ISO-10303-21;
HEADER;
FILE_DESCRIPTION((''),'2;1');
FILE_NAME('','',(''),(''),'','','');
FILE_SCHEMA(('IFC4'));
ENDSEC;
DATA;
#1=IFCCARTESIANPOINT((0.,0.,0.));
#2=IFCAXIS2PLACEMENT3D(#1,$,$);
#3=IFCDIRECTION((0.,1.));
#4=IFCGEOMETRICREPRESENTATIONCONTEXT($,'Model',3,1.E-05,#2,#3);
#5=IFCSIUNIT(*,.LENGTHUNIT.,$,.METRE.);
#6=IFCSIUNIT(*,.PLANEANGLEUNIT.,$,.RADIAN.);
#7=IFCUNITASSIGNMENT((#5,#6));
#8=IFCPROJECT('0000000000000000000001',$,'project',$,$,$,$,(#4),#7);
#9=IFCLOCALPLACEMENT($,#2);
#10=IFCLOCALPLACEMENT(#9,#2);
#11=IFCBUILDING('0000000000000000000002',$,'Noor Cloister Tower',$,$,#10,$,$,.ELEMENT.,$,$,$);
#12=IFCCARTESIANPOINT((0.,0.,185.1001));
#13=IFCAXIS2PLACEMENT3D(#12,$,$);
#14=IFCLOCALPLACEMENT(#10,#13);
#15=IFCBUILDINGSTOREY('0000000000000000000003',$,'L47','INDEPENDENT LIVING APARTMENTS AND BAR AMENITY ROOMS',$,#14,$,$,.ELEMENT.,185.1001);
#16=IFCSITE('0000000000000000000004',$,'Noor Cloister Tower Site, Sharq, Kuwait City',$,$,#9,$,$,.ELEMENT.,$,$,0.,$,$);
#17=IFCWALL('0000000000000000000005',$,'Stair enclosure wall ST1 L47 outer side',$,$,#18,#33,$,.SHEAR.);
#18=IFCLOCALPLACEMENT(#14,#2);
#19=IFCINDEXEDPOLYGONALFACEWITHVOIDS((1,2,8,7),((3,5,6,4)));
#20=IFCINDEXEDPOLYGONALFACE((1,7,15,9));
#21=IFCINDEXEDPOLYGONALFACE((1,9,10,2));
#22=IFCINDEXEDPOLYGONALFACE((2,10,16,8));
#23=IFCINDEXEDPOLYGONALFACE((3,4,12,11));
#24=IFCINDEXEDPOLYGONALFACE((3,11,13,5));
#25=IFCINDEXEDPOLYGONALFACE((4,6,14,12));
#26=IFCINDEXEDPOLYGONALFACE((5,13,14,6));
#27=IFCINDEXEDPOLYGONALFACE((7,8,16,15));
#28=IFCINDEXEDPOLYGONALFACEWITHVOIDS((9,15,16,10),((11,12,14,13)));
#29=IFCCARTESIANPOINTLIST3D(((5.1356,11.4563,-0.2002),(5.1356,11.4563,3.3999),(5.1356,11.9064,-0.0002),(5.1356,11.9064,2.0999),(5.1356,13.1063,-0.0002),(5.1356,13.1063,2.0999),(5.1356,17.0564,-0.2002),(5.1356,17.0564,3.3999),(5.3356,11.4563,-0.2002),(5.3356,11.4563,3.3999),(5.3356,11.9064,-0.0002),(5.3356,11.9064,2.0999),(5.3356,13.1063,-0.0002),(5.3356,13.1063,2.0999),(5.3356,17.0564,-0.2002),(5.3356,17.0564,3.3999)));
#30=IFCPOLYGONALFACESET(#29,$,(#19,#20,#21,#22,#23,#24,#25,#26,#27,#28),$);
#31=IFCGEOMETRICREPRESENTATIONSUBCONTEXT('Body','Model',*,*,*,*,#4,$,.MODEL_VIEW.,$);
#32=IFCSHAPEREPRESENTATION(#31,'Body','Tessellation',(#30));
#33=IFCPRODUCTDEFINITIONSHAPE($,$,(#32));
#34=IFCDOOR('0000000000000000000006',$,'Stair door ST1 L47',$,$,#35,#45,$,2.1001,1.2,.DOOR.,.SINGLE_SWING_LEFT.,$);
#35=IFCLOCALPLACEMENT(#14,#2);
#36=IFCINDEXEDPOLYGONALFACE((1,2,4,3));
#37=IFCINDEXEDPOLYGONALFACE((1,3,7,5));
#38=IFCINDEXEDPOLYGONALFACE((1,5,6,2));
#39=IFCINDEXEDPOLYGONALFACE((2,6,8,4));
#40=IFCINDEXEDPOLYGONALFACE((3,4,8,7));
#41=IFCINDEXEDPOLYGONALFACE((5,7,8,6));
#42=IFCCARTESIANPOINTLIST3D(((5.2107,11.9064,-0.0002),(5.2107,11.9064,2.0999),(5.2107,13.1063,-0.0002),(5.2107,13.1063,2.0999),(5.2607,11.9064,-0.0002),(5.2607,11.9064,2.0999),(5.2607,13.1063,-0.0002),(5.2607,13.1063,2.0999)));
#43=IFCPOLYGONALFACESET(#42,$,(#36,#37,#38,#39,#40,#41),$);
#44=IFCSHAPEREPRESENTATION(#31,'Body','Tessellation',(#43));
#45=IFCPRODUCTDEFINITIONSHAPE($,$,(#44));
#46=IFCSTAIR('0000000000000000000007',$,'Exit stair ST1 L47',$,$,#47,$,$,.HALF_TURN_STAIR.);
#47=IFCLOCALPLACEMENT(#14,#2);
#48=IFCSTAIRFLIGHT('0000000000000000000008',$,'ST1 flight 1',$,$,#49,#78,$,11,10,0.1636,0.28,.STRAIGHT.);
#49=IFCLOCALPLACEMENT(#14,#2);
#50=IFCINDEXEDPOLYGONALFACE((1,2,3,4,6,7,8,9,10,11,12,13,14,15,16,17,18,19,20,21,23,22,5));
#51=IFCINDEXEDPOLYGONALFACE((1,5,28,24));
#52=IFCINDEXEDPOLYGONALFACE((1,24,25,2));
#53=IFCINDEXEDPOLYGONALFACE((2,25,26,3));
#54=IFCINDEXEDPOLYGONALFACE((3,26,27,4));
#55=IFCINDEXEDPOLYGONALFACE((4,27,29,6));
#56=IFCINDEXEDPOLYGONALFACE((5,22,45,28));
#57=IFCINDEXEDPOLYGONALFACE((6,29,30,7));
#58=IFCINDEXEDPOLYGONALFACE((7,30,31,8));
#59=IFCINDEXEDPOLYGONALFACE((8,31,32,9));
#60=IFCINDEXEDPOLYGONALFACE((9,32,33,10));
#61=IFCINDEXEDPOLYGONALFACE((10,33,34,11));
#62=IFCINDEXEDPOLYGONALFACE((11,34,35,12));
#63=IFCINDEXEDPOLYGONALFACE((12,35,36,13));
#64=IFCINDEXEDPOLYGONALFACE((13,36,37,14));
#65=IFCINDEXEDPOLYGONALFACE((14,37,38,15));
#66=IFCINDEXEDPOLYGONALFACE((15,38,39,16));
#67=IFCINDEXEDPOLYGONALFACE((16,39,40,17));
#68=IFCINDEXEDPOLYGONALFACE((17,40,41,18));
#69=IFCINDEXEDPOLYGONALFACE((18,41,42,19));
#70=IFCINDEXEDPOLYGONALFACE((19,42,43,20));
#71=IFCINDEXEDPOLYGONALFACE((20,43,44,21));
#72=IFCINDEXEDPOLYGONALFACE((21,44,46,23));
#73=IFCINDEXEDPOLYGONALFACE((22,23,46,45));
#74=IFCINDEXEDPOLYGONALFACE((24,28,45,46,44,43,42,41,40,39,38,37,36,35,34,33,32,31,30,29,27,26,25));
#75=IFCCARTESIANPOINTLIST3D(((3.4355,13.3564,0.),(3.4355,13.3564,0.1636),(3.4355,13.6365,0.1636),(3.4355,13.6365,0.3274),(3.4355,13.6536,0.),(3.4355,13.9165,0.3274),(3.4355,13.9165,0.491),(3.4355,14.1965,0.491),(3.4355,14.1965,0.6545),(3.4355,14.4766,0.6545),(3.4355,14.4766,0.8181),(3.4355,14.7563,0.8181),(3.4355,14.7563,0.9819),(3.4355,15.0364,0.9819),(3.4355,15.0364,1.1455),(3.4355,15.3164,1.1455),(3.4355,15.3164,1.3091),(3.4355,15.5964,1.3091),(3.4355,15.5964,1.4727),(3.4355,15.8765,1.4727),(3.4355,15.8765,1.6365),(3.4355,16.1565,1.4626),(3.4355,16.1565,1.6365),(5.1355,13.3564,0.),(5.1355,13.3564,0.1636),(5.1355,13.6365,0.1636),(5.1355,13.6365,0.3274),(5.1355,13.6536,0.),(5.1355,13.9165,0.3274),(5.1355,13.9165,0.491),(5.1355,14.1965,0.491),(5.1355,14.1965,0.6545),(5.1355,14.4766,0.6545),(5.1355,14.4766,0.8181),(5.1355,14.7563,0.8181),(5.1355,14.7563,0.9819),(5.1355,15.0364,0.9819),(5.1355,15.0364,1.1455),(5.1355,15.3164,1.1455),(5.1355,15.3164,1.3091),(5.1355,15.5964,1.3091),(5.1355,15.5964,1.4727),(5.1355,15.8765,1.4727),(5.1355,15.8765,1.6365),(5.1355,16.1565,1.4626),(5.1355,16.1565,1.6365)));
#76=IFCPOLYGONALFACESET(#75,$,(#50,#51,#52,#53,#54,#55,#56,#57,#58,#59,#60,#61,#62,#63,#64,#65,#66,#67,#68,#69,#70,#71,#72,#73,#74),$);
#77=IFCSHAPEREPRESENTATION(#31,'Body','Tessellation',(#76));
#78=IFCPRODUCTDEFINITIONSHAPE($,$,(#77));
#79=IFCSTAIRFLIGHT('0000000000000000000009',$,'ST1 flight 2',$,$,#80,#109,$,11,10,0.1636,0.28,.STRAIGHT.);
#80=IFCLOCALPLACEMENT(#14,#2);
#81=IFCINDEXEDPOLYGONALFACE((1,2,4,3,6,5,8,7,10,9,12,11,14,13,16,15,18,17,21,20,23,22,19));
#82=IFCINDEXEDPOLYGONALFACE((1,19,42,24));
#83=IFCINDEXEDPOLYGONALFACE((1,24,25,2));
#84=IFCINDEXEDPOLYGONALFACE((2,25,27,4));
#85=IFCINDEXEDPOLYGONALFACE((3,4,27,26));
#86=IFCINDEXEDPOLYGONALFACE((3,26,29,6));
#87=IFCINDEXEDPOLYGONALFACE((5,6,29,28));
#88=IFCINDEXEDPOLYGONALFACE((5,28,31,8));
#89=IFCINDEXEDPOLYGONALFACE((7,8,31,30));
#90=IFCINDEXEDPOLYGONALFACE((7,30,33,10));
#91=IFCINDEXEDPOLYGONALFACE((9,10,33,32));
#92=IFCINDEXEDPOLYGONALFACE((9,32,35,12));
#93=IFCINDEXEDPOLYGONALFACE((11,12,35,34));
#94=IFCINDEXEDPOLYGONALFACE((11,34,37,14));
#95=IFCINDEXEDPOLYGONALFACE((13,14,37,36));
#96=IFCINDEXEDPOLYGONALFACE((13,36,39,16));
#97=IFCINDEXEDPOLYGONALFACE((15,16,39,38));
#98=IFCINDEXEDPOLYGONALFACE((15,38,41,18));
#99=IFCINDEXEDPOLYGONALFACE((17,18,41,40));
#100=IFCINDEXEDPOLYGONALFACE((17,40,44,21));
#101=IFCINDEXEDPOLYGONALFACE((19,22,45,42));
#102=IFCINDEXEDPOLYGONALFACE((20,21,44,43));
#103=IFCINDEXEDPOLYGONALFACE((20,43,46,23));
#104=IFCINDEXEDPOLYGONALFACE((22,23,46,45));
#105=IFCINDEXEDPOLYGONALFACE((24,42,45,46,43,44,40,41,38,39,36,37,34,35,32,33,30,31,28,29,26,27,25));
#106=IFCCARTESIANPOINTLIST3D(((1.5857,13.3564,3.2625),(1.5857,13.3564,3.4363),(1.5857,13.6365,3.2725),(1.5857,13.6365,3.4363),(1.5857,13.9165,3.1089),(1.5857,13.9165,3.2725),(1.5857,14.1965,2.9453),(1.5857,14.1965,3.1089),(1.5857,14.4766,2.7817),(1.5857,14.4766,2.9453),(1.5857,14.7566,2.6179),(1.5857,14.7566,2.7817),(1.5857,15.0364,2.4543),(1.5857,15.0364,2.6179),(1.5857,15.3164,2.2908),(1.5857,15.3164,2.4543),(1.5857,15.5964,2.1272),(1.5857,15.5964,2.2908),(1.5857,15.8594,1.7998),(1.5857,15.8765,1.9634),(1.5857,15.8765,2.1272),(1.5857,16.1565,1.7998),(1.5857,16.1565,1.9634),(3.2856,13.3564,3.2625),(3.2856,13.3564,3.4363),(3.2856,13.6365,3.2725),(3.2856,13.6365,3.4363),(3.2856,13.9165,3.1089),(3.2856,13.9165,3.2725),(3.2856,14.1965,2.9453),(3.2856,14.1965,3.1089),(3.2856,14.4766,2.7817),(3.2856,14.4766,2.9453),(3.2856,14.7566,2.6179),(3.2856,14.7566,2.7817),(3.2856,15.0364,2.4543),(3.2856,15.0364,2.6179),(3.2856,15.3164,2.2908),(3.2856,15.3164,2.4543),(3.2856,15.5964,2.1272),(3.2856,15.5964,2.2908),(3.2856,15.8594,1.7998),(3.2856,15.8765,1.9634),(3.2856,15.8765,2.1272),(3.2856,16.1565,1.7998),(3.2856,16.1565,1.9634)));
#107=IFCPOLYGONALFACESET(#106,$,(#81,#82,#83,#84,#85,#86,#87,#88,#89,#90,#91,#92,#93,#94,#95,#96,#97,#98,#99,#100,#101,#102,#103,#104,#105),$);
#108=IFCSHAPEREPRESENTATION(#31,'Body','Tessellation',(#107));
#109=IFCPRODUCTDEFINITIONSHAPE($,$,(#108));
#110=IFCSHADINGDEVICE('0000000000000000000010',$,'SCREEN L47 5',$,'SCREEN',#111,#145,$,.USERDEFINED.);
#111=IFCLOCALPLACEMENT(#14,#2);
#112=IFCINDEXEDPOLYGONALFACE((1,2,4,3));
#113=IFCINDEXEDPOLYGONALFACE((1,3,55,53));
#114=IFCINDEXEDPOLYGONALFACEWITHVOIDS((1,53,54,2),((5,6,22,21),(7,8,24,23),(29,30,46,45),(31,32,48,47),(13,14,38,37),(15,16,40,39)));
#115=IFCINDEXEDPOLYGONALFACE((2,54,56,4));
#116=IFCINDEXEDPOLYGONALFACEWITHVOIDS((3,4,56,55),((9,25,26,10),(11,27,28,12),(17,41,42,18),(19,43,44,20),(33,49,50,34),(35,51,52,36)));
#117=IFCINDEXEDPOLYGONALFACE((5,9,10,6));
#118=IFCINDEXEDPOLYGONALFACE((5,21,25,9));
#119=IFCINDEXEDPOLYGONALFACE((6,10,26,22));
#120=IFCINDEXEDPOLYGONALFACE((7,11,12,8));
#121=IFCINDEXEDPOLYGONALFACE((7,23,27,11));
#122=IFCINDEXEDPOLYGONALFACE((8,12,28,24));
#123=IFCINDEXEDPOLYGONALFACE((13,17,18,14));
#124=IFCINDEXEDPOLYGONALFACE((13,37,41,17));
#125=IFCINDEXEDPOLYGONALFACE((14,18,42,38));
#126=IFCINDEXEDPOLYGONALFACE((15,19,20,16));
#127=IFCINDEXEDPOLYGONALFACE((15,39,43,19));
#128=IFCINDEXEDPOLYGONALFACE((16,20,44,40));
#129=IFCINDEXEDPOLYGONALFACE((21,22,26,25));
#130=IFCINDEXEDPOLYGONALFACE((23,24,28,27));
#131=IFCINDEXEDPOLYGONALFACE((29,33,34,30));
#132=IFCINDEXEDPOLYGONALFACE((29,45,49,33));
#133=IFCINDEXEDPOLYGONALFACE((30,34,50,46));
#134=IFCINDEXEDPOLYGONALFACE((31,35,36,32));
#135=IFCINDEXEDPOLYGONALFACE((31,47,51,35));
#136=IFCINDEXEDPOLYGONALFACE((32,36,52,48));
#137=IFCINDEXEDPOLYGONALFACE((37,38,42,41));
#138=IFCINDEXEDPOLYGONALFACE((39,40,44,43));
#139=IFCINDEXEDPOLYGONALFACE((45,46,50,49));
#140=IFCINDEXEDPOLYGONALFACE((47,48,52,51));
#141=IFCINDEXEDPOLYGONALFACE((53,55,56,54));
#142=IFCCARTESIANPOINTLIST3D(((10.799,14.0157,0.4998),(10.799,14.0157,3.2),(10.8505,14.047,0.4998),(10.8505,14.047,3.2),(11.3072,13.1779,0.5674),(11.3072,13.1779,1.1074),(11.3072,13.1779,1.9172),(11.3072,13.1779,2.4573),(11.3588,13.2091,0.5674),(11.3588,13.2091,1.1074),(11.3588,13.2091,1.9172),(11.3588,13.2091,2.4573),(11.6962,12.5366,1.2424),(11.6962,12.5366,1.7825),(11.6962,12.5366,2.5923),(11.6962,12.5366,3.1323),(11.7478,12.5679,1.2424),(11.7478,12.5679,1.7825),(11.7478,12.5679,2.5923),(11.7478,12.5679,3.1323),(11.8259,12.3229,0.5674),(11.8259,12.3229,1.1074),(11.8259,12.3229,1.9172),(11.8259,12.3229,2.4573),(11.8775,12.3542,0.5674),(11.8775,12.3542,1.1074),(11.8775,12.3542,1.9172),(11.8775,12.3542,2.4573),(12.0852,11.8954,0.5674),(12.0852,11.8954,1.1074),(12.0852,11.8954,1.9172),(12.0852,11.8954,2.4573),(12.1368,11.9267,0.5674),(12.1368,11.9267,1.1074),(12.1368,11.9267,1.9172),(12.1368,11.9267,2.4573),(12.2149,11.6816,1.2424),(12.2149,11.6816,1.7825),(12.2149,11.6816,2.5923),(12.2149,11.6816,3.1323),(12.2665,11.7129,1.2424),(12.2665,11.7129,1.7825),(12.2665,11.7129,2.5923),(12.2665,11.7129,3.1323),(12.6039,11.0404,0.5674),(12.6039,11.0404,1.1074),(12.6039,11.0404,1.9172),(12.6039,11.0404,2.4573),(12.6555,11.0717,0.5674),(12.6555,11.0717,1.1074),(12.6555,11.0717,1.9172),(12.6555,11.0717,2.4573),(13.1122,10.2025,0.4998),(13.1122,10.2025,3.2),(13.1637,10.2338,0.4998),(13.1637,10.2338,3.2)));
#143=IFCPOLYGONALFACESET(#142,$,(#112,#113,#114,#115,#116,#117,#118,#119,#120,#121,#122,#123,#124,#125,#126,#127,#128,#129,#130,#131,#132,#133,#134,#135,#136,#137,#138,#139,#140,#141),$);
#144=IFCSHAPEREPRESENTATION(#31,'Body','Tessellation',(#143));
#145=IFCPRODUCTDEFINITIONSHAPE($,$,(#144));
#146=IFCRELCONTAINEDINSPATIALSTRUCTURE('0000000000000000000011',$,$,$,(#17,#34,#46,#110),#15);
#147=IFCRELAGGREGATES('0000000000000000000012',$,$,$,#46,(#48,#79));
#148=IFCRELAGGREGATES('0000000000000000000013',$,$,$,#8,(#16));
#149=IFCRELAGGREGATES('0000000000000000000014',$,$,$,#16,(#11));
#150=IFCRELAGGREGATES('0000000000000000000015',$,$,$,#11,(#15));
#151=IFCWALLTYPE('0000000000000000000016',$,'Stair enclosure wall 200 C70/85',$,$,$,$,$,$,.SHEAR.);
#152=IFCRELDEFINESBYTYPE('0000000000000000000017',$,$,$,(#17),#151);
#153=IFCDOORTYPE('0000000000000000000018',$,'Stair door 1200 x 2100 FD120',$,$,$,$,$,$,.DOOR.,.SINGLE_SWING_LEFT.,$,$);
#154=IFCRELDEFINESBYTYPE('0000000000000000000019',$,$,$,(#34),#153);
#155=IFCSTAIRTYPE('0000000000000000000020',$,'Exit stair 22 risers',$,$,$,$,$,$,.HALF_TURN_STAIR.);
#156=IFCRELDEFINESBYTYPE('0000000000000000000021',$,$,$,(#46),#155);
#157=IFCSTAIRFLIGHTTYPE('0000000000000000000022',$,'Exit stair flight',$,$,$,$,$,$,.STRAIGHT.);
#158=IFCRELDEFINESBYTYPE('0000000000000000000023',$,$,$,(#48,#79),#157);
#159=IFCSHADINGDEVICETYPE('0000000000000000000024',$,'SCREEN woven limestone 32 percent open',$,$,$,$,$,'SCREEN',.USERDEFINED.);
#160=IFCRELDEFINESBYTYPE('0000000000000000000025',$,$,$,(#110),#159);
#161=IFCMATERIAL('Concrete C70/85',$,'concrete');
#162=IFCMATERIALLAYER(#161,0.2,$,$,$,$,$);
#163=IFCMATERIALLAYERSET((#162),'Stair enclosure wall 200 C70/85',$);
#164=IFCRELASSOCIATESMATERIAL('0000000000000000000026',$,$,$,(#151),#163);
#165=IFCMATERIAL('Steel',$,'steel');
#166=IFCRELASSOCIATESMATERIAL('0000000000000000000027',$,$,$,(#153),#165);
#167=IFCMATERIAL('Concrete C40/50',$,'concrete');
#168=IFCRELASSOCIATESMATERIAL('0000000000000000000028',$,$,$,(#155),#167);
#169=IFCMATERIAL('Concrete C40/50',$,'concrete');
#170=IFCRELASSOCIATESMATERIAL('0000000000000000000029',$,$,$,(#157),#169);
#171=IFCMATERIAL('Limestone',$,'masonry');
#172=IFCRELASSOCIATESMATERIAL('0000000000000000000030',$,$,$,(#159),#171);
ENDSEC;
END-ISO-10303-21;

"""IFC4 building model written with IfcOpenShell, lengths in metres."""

from ifc_helpers import new_model, si_unit, direction, frame, frame_2d, origin, place, context, subcontext, project, spatial, polyline, rectangle, outline, extrude, material, layer, layer_set, material_profile, profile_set, type_object, element, fill, aggregate, save


model = new_model("IFC4")

# Units and contexts
model_context = context("Model", 3, precision=1e-05, world=origin(), true_north=direction((0.0, 1.0)))
body_context = subcontext(model_context, "Body", "Model", "MODEL_VIEW")
ifc_project = project(units=[si_unit("LENGTHUNIT", "METRE"), si_unit("PLANEANGLEUNIT", "RADIAN")], contexts=[model_context])

# Site, building, storey
site_placement = place(None, origin())
site = spatial("IfcSite", under=ifc_project, at=site_placement, Name="Noor Cloister Tower Site, Sharq, Kuwait City", CompositionType="ELEMENT", RefElevation=0.0)
building_placement = place(site_placement, origin())
building = spatial("IfcBuilding", under=site, at=building_placement, Name="Noor Cloister Tower", CompositionType="ELEMENT")
storey_placement = place(building_placement, frame((0.0, 0.0, 185.1001)))
storey = spatial("IfcBuildingStorey", under=building, at=storey_placement, Name="L47", Description="INDEPENDENT LIVING APARTMENTS AND BAR AMENITY ROOMS", CompositionType="ELEMENT", Elevation=185.1001)

# Wall, opening, door
ifc_material_1 = material(Name="Concrete C70/85", Category="concrete")
ifc_layer_1 = layer(ifc_material_1, 0.2)
ifc_layer_set_1 = layer_set([ifc_layer_1], Name="Stair enclosure wall 200 C70/85")
wall_type_1 = type_object("IfcWallType", Name="Stair enclosure wall 200 C70/85", PredefinedType="SHEAR", material=ifc_layer_set_1)
ifc_material_2 = material(Name="Steel", Category="steel")
door_type_1 = type_object("IfcDoorType", Name="Stair door 1200 x 2100 FD120", OperationType="SINGLE_SWING_LEFT", PredefinedType="DOOR", material=ifc_material_2)
wall_1_placement = place(storey_placement, frame((5.2356, 11.4563, -0.2002), z_axis=(0.0, 0.0, 1.0), x_axis=(0.0, 1.0, 0.0)))
wall_1 = element("IfcWall", 1, at=wall_1_placement, inside=storey, type_object=wall_type_1, Name="Stair enclosure wall ST1 L47 outer side", PredefinedType="SHEAR", context=body_context, shape_type="SweptSolid", body=[
    extrude(rectangle(XDim=5.6001, YDim=0.2, at=frame_2d((2.8, 0.0))), origin(), (0.0, 0.0, 1.0), 3.6001),
])
opening_1_placement = place(wall_1_placement, frame((0.45, 0.0, 0.2)))
opening_1 = element("IfcOpeningElement", 2, at=opening_1_placement, cuts=wall_1, PredefinedType="OPENING", context=body_context, shape_type="SweptSolid", body=[
    extrude(rectangle(XDim=1.2, YDim=2.1001, at=frame_2d((0.6001, 1.05))), frame((0.0, 0.1099, 0.0), z_axis=(0.0, -1.0, 0.0), x_axis=(1.0, 0.0, 0.0)), (0.0, 0.0, 1.0), 0.22),
])
door_1_placement = place(opening_1_placement, origin())
door_1 = element("IfcDoor", 3, at=door_1_placement, inside=storey, type_object=door_type_1, Name="Stair door ST1 L47", OperationType="SINGLE_SWING_LEFT", OverallHeight=2.1001, OverallWidth=1.2, PredefinedType="DOOR", context=body_context, shape_type="SweptSolid", body=[
    extrude(rectangle(XDim=1.2, YDim=2.1001, at=frame_2d((0.6001, 1.05))), frame((0.0, 0.0249, 0.0), z_axis=(0.0, -1.0, 0.0), x_axis=(1.0, 0.0, 0.0)), (0.0, 0.0, 1.0), 0.05),
])
fill(opening_1, door_1)

# Stair, stair flights
ifc_material_3 = material(Name="Concrete C40/50", Category="concrete")
stair_type = type_object("IfcStairType", Name="Exit stair 22 risers", PredefinedType="HALF_TURN_STAIR", material=ifc_material_3)
stair_placement = place(storey_placement, origin())
stair = element("IfcStair", 4, at=stair_placement, inside=storey, type_object=stair_type, Name="Exit stair ST1 L47", PredefinedType="HALF_TURN_STAIR")
ifc_material_4 = material(Name="Concrete C40/50", Category="concrete")
stair_flight_type = type_object("IfcStairFlightType", Name="Exit stair flight", PredefinedType="STRAIGHT", material=ifc_material_4)
stair_flight_1_placement = place(storey_placement, frame((4.2856, 13.3564, 0.0), z_axis=(0.0, 0.0, 1.0), x_axis=(0.0, 1.0, 0.0)))
stair_flight_1 = element("IfcStairFlight", 5, at=stair_flight_1_placement, type_object=stair_flight_type, Name="ST1 flight 1", NumberOfRisers=11, NumberOfTreads=10, PredefinedType="STRAIGHT", RiserHeight=0.1636, TreadLength=0.28, context=body_context, shape_type="SweptSolid", body=[
    extrude(outline(polyline([(0.0, 0.0), (0.0, 0.1636), (0.28, 0.1636), (0.28, 0.3274), (0.5601, 0.3274), (0.5601, 0.491), (0.8401, 0.491), (0.8401, 0.6545), (1.1201, 0.6545), (1.1201, 0.8181), (1.3999, 0.8181), (1.3999, 0.9819), (1.6799, 0.9819), (1.6799, 1.1455), (1.96, 1.1455), (1.96, 1.3091), (2.24, 1.3091), (2.24, 1.4727), (2.52, 1.4727), (2.52, 1.6365), (2.8, 1.6365), (2.8, 1.8), (2.8, 1.4626), (0.2971, 0.0), (0.0, 0.0)])), frame((0.0, 0.8501, 0.0), z_axis=(0.0, -1.0, 0.0), x_axis=(1.0, 0.0, 0.0)), (0.0, 0.0, 1.0), 1.7),
])
stair_flight_2_placement = place(storey_placement, frame((2.4355, 16.1565, 1.7998), z_axis=(0.0, 0.0, 1.0), x_axis=(0.0, -1.0, 0.0)))
stair_flight_2 = element("IfcStairFlight", 6, at=stair_flight_2_placement, type_object=stair_flight_type, Name="ST1 flight 2", NumberOfRisers=11, NumberOfTreads=10, PredefinedType="STRAIGHT", RiserHeight=0.1636, TreadLength=0.28, context=body_context, shape_type="SweptSolid", body=[
    extrude(outline(polyline([(0.0, 0.0), (0.0, 0.1636), (0.28, 0.1636), (0.28, 0.3274), (0.5601, 0.3274), (0.5601, 0.491), (0.8401, 0.491), (0.8401, 0.6545), (1.1201, 0.6545), (1.1201, 0.8181), (1.3999, 0.8181), (1.3999, 0.9819), (1.6799, 0.9819), (1.6799, 1.1455), (1.96, 1.1455), (1.96, 1.3091), (2.24, 1.3091), (2.24, 1.4727), (2.52, 1.4727), (2.52, 1.6365), (2.8, 1.6365), (2.8, 1.8), (2.8, 1.4626), (0.2971, 0.0), (0.0, 0.0)])), frame((0.0, 0.8501, 0.0), z_axis=(0.0, -1.0, 0.0), x_axis=(1.0, 0.0, 0.0)), (0.0, 0.0, 1.0), 1.7),
])
aggregate(stair, [stair_flight_1, stair_flight_2])

# Shading device
ifc_material_5 = material(Name="Limestone", Category="masonry")
ifc_material_profile_1 = material_profile(ifc_material_5, outline(polyline([(-2.23, -1.3501), (2.23, -1.3501), (2.23, 1.3501), (-2.23, 1.3501), (-2.23, -1.3501)]), holes=[polyline([(-1.25, -1.2825), (-0.25, -1.2825), (-0.25, -0.7424), (-1.25, -0.7424), (-1.25, -1.2825)]), polyline([(0.25, -1.2825), (1.25, -1.2825), (1.25, -0.7424), (0.25, -0.7424), (0.25, -1.2825)]), polyline([(-0.5, -0.6074), (0.5, -0.6074), (0.5, -0.0674), (-0.5, -0.0674), (-0.5, -0.6074)]), polyline([(-1.25, 0.0674), (-0.25, 0.0674), (-0.25, 0.6074), (-1.25, 0.6074), (-1.25, 0.0674)]), polyline([(0.25, 0.0674), (1.25, 0.0674), (1.25, 0.6074), (0.25, 0.6074), (0.25, 0.0674)]), polyline([(-0.5, 0.7424), (0.5, 0.7424), (0.5, 1.2825), (-0.5, 1.2825), (-0.5, 0.7424)])]), Name="Woven screen 32 percent open")
ifc_profile_set_1 = profile_set([ifc_material_profile_1], Name="Limestone")
shading_device_type = type_object("IfcShadingDeviceType", Name="SCREEN woven limestone 32 percent open", ElementType="SCREEN", PredefinedType="USERDEFINED", material=ifc_profile_set_1)
shading_device_placement = place(storey_placement, frame((11.9556, 12.1091, 1.8499), z_axis=(0.85498, 0.518661, 0.0), x_axis=(-0.518661, 0.85498, 0.0)))
element("IfcShadingDevice", 7, at=shading_device_placement, inside=storey, type_object=shading_device_type, Name="SCREEN L47 5", ObjectType="SCREEN", PredefinedType="USERDEFINED", context=body_context, shape_type="SweptSolid", body=[
    extrude(outline(polyline([(-2.23, -1.3501), (2.23, -1.3501), (2.23, 1.3501), (-2.23, 1.3501), (-2.23, -1.3501)]), holes=[polyline([(-1.25, -1.2825), (-0.25, -1.2825), (-0.25, -0.7424), (-1.25, -0.7424), (-1.25, -1.2825)]), polyline([(0.25, -1.2825), (1.25, -1.2825), (1.25, -0.7424), (0.25, -0.7424), (0.25, -1.2825)]), polyline([(-0.5, -0.6074), (0.5, -0.6074), (0.5, -0.0674), (-0.5, -0.0674), (-0.5, -0.6074)]), polyline([(-1.25, 0.0674), (-0.25, 0.0674), (-0.25, 0.6074), (-1.25, 0.6074), (-1.25, 0.0674)]), polyline([(0.25, 0.0674), (1.25, 0.0674), (1.25, 0.6074), (0.25, 0.6074), (0.25, 0.0674)]), polyline([(-0.5, 0.7424), (0.5, 0.7424), (0.5, 1.2825), (-0.5, 1.2825), (-0.5, 0.7424)])]), origin(), (0.0, 0.0, 1.0), 0.0603),
])

save(model, "model.ifc")
